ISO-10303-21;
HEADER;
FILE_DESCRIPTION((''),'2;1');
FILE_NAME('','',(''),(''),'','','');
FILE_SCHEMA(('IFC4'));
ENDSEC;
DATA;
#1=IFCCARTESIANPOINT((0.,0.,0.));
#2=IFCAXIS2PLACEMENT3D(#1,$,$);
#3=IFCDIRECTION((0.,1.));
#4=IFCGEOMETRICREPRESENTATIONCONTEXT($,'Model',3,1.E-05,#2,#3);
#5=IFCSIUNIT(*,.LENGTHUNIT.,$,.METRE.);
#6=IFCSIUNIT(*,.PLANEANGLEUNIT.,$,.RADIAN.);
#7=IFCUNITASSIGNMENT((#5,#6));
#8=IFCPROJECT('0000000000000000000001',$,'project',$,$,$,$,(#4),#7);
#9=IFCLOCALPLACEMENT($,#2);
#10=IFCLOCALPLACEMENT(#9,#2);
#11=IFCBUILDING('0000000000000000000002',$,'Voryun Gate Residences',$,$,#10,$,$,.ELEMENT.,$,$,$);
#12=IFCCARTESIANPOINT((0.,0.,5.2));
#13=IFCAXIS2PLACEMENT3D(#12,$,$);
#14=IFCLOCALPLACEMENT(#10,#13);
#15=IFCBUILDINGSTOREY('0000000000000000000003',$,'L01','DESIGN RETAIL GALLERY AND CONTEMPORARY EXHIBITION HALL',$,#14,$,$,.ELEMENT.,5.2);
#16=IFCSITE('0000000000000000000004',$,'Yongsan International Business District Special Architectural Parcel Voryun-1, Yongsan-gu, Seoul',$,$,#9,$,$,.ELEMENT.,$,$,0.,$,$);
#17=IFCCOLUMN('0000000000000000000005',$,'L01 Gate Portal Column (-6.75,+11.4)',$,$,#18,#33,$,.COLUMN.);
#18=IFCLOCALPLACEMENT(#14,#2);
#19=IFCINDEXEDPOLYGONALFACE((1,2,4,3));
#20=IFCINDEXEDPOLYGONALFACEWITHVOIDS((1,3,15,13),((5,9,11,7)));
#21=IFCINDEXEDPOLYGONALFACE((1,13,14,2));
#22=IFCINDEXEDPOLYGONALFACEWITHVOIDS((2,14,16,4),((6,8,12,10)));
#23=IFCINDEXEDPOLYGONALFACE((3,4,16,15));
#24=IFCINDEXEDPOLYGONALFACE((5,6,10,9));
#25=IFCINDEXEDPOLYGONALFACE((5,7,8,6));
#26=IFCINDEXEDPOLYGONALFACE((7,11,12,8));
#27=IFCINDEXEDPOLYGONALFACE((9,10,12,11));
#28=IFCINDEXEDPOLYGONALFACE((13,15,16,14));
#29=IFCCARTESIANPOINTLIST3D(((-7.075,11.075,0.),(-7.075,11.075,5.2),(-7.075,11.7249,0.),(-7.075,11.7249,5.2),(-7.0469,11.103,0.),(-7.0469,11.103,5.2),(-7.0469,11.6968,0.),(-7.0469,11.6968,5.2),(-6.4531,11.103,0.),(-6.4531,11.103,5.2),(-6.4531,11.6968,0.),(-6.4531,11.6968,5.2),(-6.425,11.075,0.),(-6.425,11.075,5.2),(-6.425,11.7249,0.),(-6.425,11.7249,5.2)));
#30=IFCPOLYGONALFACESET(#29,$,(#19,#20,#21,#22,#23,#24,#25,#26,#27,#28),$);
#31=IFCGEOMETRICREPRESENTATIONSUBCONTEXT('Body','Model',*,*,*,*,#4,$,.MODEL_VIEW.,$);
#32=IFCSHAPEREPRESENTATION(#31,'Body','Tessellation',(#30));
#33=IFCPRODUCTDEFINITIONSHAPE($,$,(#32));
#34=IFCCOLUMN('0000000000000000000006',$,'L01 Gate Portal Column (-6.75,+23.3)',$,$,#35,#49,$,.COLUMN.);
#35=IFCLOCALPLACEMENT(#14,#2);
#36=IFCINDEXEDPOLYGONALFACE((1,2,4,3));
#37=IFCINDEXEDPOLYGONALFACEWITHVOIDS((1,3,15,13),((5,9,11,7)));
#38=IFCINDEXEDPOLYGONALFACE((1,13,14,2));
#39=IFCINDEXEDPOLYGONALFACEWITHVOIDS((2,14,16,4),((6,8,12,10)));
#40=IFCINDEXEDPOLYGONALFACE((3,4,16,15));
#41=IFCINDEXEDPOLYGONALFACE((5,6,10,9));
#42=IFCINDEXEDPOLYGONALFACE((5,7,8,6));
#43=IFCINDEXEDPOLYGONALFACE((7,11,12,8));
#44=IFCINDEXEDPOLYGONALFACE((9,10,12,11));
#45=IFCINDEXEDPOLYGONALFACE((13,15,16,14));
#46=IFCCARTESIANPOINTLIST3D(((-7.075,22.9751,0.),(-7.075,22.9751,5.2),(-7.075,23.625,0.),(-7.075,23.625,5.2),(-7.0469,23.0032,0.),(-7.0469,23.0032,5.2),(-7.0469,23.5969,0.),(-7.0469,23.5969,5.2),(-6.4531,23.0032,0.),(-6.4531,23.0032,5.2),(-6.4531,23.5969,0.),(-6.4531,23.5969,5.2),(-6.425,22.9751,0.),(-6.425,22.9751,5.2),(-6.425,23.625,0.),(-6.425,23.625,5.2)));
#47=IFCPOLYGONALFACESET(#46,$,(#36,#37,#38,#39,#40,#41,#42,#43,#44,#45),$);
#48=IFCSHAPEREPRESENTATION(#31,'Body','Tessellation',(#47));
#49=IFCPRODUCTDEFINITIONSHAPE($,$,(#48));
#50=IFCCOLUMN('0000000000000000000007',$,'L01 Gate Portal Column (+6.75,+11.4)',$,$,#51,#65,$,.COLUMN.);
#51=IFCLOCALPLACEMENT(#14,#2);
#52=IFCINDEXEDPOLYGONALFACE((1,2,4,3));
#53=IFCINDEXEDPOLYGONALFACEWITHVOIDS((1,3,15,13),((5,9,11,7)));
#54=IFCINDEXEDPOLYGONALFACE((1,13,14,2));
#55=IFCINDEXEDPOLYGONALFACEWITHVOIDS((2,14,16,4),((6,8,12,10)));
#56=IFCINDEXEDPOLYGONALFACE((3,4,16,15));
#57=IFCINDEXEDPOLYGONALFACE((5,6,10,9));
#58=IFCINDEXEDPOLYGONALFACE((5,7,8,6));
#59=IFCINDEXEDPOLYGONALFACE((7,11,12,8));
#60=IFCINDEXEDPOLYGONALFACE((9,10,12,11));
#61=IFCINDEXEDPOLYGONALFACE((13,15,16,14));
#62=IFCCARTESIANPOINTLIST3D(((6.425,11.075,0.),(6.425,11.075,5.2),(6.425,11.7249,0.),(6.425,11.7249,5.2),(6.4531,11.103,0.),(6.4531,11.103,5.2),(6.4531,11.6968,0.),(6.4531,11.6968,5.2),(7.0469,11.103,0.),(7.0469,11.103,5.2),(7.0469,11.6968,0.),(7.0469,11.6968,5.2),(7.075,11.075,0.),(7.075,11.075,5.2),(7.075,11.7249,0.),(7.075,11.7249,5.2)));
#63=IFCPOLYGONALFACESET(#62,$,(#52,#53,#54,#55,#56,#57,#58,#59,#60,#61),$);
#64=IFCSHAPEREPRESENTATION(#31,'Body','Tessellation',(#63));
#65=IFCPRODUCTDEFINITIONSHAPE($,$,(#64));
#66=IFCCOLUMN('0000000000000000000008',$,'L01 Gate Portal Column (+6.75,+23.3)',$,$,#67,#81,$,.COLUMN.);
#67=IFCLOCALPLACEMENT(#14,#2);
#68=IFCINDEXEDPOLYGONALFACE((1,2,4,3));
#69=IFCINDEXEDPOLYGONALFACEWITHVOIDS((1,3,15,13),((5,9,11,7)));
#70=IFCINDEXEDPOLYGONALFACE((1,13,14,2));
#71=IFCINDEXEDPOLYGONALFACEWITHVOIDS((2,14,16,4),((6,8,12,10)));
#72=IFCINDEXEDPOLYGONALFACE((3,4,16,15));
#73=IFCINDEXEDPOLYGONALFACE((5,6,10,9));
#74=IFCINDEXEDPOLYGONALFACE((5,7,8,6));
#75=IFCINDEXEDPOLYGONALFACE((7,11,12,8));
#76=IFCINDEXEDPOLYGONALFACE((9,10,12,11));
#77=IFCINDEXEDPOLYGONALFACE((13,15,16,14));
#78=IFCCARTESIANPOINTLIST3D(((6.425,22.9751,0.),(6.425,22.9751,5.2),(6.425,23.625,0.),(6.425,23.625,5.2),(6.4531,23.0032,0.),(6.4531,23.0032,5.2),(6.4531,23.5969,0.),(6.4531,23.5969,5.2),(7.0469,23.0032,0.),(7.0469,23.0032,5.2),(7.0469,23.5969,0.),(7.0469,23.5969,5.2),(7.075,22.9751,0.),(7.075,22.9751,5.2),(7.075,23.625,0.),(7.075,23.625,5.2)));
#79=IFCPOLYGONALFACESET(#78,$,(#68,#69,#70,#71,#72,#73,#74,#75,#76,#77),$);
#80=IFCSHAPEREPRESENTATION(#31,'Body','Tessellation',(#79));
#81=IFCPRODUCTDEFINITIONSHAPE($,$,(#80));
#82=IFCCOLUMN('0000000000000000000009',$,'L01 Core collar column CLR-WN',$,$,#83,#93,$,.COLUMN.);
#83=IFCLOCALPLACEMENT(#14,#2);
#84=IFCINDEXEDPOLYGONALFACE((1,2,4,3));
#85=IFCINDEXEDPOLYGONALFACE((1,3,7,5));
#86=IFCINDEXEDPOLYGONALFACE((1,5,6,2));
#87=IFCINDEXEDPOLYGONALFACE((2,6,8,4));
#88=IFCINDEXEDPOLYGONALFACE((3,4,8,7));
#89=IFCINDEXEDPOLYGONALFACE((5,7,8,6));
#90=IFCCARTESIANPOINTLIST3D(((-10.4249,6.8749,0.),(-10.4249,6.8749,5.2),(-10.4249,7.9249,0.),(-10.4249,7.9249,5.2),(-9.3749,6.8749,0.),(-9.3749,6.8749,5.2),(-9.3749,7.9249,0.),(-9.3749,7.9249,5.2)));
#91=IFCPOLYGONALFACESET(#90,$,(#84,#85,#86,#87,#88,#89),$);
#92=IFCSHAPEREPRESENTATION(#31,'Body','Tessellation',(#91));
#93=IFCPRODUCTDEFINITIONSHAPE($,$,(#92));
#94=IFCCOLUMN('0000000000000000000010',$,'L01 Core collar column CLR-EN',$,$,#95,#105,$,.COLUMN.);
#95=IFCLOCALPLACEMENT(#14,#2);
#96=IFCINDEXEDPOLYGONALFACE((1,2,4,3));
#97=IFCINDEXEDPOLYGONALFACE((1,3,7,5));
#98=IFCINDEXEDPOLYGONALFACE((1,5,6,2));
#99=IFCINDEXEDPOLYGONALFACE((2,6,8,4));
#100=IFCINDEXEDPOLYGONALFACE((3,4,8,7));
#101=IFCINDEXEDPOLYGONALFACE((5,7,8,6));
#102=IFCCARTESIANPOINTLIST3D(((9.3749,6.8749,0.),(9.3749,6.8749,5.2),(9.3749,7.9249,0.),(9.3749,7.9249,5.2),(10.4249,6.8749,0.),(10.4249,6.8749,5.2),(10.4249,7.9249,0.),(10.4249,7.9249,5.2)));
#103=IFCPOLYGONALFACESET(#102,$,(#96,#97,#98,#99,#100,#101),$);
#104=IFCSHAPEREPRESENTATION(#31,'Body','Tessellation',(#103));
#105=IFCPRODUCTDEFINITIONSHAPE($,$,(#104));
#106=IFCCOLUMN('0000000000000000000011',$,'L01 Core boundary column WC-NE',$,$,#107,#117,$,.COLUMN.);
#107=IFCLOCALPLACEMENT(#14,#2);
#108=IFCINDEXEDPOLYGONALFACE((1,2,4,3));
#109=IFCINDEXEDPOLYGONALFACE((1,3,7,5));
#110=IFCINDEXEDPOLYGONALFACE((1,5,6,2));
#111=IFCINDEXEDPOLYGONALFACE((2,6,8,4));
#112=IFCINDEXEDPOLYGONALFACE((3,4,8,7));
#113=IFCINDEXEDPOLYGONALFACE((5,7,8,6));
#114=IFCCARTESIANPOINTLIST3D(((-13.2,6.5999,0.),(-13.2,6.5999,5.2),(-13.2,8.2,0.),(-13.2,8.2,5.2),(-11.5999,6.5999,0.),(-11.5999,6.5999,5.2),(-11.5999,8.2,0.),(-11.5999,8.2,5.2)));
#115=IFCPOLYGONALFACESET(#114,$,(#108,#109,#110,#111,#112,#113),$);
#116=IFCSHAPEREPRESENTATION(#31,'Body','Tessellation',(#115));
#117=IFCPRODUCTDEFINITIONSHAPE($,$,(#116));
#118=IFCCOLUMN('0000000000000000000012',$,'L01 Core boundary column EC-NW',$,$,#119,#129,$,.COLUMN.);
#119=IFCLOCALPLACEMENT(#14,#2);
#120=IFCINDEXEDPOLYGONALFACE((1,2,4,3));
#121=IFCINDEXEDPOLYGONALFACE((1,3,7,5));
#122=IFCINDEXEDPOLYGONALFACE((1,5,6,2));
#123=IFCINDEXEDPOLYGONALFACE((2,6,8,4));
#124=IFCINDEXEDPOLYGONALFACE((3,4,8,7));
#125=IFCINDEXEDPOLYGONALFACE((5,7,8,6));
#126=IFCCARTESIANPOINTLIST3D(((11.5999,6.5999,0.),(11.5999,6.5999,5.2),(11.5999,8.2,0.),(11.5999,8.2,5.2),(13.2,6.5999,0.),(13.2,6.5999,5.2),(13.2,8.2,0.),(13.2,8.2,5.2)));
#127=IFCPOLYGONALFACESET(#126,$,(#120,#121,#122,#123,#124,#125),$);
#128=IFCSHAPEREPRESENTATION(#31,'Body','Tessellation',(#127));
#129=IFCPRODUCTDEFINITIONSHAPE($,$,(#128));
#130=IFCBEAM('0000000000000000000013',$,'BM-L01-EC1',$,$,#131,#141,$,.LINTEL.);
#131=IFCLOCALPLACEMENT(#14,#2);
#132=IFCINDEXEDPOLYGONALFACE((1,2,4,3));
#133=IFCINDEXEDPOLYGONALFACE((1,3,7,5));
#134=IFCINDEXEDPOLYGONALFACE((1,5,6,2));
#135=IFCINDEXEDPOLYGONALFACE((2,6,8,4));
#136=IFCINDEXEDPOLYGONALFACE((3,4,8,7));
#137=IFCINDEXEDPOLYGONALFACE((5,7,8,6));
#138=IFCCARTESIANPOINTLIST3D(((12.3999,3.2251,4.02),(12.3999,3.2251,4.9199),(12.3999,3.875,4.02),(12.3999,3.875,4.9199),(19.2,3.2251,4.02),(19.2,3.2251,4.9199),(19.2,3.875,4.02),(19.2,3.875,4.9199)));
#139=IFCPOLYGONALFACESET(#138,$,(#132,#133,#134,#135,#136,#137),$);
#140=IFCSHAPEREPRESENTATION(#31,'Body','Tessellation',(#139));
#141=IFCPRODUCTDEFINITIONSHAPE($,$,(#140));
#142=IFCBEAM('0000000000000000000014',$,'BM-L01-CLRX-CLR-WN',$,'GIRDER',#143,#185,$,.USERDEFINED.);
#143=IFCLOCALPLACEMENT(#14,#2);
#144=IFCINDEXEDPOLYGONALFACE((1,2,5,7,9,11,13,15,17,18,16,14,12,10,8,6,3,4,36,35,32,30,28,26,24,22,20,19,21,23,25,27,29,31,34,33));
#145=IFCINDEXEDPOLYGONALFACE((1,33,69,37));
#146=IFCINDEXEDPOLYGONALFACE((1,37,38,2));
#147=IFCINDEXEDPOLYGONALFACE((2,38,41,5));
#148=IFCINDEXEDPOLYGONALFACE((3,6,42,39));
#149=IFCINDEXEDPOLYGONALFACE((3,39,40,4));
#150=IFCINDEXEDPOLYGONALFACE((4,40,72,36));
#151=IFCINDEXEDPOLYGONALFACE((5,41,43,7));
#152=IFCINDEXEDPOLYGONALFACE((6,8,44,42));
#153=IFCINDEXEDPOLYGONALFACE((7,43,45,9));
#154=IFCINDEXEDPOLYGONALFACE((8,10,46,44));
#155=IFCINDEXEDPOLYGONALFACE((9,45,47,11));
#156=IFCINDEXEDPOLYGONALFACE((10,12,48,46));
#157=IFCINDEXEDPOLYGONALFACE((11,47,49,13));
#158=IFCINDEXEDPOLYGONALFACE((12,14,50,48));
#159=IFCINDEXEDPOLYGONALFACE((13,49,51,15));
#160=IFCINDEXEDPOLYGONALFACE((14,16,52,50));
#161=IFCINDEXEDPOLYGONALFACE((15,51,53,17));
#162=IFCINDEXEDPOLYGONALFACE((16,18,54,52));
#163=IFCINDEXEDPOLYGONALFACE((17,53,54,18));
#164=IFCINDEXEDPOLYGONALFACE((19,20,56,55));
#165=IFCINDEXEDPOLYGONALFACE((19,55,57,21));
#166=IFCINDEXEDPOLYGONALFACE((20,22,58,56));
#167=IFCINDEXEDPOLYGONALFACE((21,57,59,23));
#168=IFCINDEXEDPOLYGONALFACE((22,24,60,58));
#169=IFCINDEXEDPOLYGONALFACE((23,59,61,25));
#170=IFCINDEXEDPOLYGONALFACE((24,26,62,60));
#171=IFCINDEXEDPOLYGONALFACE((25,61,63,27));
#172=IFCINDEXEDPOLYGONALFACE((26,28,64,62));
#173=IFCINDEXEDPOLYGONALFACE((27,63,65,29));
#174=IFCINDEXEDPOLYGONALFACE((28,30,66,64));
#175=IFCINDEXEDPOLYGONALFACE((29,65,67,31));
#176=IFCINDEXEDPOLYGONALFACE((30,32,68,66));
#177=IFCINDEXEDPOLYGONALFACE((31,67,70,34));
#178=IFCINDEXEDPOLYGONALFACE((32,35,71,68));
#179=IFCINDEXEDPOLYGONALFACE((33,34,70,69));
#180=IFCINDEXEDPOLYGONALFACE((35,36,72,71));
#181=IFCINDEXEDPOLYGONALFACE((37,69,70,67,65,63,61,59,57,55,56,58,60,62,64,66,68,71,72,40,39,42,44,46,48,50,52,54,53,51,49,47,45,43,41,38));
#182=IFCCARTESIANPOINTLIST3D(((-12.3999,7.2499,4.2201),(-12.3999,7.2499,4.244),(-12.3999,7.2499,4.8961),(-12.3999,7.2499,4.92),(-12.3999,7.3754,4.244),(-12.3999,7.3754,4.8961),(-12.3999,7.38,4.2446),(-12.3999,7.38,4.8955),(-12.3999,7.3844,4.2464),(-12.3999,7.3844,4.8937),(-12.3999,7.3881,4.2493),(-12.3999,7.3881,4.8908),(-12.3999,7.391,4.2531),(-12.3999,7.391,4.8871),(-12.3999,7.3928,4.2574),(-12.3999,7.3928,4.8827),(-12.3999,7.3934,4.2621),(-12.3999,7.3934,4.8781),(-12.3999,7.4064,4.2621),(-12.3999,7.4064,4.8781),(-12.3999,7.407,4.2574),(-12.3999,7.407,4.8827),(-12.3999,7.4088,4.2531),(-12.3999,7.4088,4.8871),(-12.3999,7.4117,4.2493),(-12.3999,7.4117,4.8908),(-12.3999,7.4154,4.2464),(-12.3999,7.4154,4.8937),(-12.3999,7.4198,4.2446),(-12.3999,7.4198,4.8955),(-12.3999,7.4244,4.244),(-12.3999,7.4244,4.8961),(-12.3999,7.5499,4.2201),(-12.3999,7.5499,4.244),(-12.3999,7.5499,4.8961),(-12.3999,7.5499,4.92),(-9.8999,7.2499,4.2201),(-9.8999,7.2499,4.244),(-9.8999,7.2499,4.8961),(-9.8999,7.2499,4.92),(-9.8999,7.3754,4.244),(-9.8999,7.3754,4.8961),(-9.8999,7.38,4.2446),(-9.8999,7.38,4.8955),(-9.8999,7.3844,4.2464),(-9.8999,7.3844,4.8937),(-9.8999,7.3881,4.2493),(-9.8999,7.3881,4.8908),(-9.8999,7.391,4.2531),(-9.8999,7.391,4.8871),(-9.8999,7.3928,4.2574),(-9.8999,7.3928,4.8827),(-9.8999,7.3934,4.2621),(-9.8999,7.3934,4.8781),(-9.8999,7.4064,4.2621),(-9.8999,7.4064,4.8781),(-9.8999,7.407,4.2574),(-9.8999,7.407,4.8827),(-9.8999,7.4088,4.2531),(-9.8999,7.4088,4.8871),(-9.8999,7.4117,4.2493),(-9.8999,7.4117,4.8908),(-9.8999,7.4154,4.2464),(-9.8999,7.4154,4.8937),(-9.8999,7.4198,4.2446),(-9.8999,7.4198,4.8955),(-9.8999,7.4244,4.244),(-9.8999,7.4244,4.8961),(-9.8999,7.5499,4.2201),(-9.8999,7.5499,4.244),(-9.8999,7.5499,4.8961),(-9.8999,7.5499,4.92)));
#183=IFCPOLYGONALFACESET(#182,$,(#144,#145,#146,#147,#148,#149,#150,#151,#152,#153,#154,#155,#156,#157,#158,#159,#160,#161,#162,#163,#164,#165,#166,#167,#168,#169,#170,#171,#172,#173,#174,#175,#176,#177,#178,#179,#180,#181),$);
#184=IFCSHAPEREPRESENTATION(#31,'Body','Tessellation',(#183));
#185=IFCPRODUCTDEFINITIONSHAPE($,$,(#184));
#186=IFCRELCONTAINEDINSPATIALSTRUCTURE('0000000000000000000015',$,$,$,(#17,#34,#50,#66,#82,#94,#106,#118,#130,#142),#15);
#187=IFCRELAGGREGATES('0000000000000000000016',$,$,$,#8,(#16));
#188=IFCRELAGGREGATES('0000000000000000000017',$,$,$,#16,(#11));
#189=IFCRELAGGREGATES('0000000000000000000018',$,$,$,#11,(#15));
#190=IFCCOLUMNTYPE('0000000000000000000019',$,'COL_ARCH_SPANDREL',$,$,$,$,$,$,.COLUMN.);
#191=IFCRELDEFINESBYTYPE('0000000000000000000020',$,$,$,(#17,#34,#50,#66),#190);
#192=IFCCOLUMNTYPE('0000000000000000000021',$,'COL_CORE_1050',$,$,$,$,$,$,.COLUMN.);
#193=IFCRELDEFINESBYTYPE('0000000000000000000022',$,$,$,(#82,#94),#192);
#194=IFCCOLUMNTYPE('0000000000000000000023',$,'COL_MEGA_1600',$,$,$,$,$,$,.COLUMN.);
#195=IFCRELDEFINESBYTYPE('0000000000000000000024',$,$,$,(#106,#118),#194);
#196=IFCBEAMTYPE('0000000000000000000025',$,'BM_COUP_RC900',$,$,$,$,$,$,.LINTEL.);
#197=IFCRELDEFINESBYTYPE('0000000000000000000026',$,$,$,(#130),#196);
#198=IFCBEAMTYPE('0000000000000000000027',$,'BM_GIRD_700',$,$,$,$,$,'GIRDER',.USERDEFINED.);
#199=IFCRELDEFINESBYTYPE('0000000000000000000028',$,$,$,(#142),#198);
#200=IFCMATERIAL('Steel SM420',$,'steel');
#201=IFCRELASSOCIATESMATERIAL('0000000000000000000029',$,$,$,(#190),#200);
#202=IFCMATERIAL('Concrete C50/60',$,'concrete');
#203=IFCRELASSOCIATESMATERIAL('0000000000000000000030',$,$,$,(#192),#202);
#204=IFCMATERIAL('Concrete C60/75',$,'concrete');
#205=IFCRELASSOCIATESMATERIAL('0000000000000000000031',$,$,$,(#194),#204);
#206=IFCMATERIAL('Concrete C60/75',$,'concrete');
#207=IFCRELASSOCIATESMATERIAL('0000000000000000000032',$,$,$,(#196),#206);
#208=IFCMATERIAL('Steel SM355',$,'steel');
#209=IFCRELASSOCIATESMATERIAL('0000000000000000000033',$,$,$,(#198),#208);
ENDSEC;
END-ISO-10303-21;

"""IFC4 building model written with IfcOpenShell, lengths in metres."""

from ifc_helpers import new_model, si_unit, direction, frame, origin, origin_2d, place, context, subcontext, project, spatial, rectangle, hollow_rectangle, i_section, extrude, material, material_profile, profile_set, type_object, element, save


model = new_model("IFC4")

# Units and contexts
model_context = context("Model", 3, precision=1e-05, world=origin(), true_north=direction((0.0, 1.0)))
body_context = subcontext(model_context, "Body", "Model", "MODEL_VIEW")
ifc_project = project(units=[si_unit("LENGTHUNIT", "METRE"), si_unit("PLANEANGLEUNIT", "RADIAN")], contexts=[model_context])

# Site, building, storey
site_placement = place(None, origin())
site = spatial("IfcSite", under=ifc_project, at=site_placement, Name="Yongsan International Business District Special Architectural Parcel Voryun-1, Yongsan-gu, Seoul", CompositionType="ELEMENT", RefElevation=0.0)
building_placement = place(site_placement, origin())
building = spatial("IfcBuilding", under=site, at=building_placement, Name="Voryun Gate Residences", CompositionType="ELEMENT")
storey_placement = place(building_placement, frame((0.0, 0.0, 5.2)))
storey = spatial("IfcBuildingStorey", under=building, at=storey_placement, Name="L01", Description="DESIGN RETAIL GALLERY AND CONTEMPORARY EXHIBITION HALL", CompositionType="ELEMENT", Elevation=5.2)

# Columns
ifc_material_1 = material(Name="Steel SM420", Category="steel")
ifc_material_profile_1 = material_profile(ifc_material_1, hollow_rectangle(XDim=0.6499, YDim=0.6499, WallThickness=0.0281, at=origin_2d()), Name="BOX-650x650x28")
ifc_profile_set_1 = profile_set([ifc_material_profile_1], Name="Steel SM420")
column_type_1 = type_object("IfcColumnType", Name="COL_ARCH_SPANDREL", PredefinedType="COLUMN", material=ifc_profile_set_1)
for number, where, z_axis, x_axis, name in (
    (1, (-6.75, 11.3999, 0.0), (0.0, 0.0, 1.0), (1.0, 0.0, 0.0), "L01 Gate Portal Column (-6.75,+11.4)"),
    (2, (-6.75, 23.3, 0.0), (0.0, 0.0, 1.0), (1.0, 0.0, 0.0), "L01 Gate Portal Column (-6.75,+23.3)"),
    (3, (6.75, 11.3999, 0.0), (0.0, 0.0, 1.0), (1.0, 0.0, 0.0), "L01 Gate Portal Column (+6.75,+11.4)"),
    (4, (6.75, 23.3, 0.0), (0.0, 0.0, 1.0), (1.0, 0.0, 0.0), "L01 Gate Portal Column (+6.75,+23.3)"),
):
    element("IfcColumn", number, at=place(storey_placement, frame(where, z_axis=z_axis, x_axis=x_axis)), inside=storey, type_object=column_type_1, Name=name, PredefinedType="COLUMN", context=body_context, shape_type="SweptSolid", body=[
        extrude(hollow_rectangle(XDim=0.6499, YDim=0.6499, WallThickness=0.0281, at=origin_2d()), origin(), (0.0, 0.0, 1.0), 5.2),
    ])
ifc_material_2 = material(Name="Concrete C50/60", Category="concrete")
ifc_material_profile_2 = material_profile(ifc_material_2, rectangle(XDim=1.05, YDim=1.05, at=origin_2d()), Name="RC-1050x1050")
ifc_profile_set_2 = profile_set([ifc_material_profile_2], Name="Concrete C50/60")
column_type_2 = type_object("IfcColumnType", Name="COL_CORE_1050", PredefinedType="COLUMN", material=ifc_profile_set_2)
for number, where, z_axis, x_axis, name in (
    (5, (-9.8999, 7.3999, 0.0), (0.0, 0.0, 1.0), (1.0, 0.0, 0.0), "L01 Core collar column CLR-WN"),
    (6, (9.8999, 7.3999, 0.0), (0.0, 0.0, 1.0), (1.0, 0.0, 0.0), "L01 Core collar column CLR-EN"),
):
    element("IfcColumn", number, at=place(storey_placement, frame(where, z_axis=z_axis, x_axis=x_axis)), inside=storey, type_object=column_type_2, Name=name, PredefinedType="COLUMN", context=body_context, shape_type="SweptSolid", body=[
        extrude(rectangle(XDim=1.05, YDim=1.05, at=origin_2d()), origin(), (0.0, 0.0, 1.0), 5.2),
    ])
ifc_material_3 = material(Name="Concrete C60/75", Category="concrete")
ifc_material_profile_3 = material_profile(ifc_material_3, rectangle(XDim=1.6001, YDim=1.6001, at=origin_2d()), Name="RC-1600x1600")
ifc_profile_set_3 = profile_set([ifc_material_profile_3], Name="Concrete C60/75")
column_type_3 = type_object("IfcColumnType", Name="COL_MEGA_1600", PredefinedType="COLUMN", material=ifc_profile_set_3)
for number, where, z_axis, x_axis, name in (
    (7, (-12.3999, 7.3999, 0.0), (0.0, 0.0, 1.0), (1.0, 0.0, 0.0), "L01 Core boundary column WC-NE"),
    (8, (12.3999, 7.3999, 0.0), (0.0, 0.0, 1.0), (1.0, 0.0, 0.0), "L01 Core boundary column EC-NW"),
):
    element("IfcColumn", number, at=place(storey_placement, frame(where, z_axis=z_axis, x_axis=x_axis)), inside=storey, type_object=column_type_3, Name=name, PredefinedType="COLUMN", context=body_context, shape_type="SweptSolid", body=[
        extrude(rectangle(XDim=1.6001, YDim=1.6001, at=origin_2d()), origin(), (0.0, 0.0, 1.0), 5.2),
    ])

# Beams
ifc_material_4 = material(Name="Concrete C60/75", Category="concrete")
ifc_material_profile_4 = material_profile(ifc_material_4, rectangle(XDim=0.6499, YDim=0.8999, at=origin_2d()), Name="RC-650x900")
ifc_profile_set_4 = profile_set([ifc_material_profile_4], Name="Concrete C60/75")
beam_type_1 = type_object("IfcBeamType", Name="BM_COUP_RC900", PredefinedType="LINTEL", material=ifc_profile_set_4)
beam_1_placement = place(storey_placement, frame((12.3999, 3.55, 4.47), z_axis=(1.0, 0.0, 0.0), x_axis=(0.0, 1.0, 0.0)))
element("IfcBeam", 9, at=beam_1_placement, inside=storey, type_object=beam_type_1, Name="BM-L01-EC1", PredefinedType="LINTEL", context=body_context, shape_type="SweptSolid", body=[
    extrude(rectangle(XDim=0.6499, YDim=0.8999, at=origin_2d()), origin(), (0.0, 0.0, 1.0), 6.8),
])
ifc_material_5 = material(Name="Steel SM355", Category="steel")
ifc_material_profile_5 = material_profile(ifc_material_5, i_section(OverallWidth=0.3, OverallDepth=0.7, WebThickness=0.0129, FlangeThickness=0.0239, FilletRadius=0.0181, at=origin_2d()), Name="H-700x300x13x24")
ifc_profile_set_5 = profile_set([ifc_material_profile_5], Name="Steel SM355")
beam_type_2 = type_object("IfcBeamType", Name="BM_GIRD_700", ElementType="GIRDER", PredefinedType="USERDEFINED", material=ifc_profile_set_5)
beam_2_placement = place(storey_placement, frame((-12.3999, 7.3999, 4.5701), z_axis=(1.0, 0.0, 0.0), x_axis=(0.0, 1.0, 0.0)))
element("IfcBeam", 10, at=beam_2_placement, inside=storey, type_object=beam_type_2, Name="BM-L01-CLRX-CLR-WN", ObjectType="GIRDER", PredefinedType="USERDEFINED", context=body_context, shape_type="SweptSolid", body=[
    extrude(i_section(OverallWidth=0.3, OverallDepth=0.7, WebThickness=0.0129, FlangeThickness=0.0239, FilletRadius=0.0181, at=origin_2d()), origin(), (0.0, 0.0, 1.0), 2.5),
])

save(model, "model.ifc")
